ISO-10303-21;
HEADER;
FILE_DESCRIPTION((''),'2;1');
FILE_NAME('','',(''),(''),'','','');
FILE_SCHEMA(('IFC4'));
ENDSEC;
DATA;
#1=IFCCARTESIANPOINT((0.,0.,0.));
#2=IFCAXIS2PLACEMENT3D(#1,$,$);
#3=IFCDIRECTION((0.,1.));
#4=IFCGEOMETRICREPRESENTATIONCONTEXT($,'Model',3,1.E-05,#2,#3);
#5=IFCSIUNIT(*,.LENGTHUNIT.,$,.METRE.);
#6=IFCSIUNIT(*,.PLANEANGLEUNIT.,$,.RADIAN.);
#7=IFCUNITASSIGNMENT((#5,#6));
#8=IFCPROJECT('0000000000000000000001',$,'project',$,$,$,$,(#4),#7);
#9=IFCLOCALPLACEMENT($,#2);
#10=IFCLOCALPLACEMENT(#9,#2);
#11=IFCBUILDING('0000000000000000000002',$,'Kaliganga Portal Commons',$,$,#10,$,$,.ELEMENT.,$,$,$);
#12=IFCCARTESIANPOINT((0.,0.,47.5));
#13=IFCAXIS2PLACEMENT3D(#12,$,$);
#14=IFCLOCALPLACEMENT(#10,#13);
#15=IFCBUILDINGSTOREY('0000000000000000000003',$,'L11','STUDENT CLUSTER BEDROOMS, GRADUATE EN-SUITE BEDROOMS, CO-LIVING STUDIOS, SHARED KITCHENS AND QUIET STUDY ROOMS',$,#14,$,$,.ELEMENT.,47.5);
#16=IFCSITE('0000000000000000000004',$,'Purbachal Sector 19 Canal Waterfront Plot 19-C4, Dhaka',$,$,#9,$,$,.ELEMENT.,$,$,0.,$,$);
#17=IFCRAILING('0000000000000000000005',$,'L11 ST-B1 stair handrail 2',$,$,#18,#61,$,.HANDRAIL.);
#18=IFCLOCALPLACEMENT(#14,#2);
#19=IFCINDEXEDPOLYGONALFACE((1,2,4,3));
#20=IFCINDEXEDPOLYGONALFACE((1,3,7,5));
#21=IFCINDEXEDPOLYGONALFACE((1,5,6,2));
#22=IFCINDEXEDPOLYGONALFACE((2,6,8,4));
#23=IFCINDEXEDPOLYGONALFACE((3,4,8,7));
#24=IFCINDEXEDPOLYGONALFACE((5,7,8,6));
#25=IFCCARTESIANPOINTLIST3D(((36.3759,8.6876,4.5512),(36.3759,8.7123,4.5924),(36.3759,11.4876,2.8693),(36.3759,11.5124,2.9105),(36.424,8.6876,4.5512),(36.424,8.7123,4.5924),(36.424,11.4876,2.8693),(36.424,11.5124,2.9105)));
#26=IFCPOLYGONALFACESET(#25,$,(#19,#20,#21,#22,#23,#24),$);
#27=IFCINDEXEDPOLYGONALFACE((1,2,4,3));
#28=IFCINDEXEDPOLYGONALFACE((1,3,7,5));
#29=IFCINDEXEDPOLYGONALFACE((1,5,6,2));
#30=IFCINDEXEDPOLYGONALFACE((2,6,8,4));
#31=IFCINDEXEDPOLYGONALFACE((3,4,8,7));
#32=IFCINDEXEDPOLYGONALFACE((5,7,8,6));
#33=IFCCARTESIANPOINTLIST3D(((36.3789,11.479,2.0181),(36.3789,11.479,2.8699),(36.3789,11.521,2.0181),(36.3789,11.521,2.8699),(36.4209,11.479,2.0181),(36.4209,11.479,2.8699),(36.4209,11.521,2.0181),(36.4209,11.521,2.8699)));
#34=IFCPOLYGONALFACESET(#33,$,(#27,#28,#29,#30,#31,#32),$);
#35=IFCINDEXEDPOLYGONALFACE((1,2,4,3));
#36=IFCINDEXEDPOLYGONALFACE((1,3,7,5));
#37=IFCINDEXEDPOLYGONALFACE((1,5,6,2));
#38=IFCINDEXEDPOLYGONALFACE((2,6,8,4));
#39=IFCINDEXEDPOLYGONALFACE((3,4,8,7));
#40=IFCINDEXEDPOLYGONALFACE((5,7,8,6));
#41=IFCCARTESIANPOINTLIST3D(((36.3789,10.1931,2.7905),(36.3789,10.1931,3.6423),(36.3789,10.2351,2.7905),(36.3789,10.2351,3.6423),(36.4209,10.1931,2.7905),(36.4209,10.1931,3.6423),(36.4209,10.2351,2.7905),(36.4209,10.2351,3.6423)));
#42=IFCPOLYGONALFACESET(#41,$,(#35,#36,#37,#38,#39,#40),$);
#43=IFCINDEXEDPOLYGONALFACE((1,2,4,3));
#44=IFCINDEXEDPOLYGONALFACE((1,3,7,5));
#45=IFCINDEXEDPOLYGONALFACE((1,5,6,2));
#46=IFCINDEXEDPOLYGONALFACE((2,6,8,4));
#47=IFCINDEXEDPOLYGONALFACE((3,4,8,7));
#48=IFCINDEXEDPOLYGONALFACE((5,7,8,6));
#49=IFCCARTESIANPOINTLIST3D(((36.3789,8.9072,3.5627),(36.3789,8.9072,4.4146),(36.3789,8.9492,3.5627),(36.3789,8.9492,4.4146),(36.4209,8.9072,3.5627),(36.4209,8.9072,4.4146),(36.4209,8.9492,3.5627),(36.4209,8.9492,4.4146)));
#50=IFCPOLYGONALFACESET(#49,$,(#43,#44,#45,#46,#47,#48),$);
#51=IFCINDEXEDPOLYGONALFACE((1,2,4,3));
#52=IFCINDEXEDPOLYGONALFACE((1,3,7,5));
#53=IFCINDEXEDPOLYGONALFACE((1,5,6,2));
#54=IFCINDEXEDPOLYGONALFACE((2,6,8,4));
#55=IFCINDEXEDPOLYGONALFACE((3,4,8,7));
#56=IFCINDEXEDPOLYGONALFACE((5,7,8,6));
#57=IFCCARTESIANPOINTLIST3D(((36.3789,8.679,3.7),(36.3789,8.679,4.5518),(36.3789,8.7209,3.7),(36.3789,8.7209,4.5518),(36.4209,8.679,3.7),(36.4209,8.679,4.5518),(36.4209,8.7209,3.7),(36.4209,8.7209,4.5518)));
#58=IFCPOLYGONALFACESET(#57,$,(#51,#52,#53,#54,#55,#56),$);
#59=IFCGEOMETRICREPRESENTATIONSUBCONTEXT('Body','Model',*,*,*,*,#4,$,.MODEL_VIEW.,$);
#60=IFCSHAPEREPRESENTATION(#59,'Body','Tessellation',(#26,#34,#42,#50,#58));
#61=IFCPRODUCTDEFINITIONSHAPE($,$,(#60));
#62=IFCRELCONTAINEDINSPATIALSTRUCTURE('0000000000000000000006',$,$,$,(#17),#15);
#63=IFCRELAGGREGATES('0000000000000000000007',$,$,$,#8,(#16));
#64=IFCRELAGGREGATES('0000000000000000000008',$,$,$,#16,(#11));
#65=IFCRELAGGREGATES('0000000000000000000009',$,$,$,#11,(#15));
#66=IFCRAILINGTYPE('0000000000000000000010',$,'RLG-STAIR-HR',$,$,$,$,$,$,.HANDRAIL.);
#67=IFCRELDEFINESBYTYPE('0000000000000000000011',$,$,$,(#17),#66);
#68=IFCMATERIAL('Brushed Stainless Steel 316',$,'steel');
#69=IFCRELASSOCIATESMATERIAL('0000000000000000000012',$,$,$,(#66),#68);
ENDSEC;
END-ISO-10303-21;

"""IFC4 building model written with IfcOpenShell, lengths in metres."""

from ifc_helpers import new_model, si_unit, direction, frame, origin, origin_2d, place, context, subcontext, project, spatial, rectangle, extrude, material, type_object, element, save


model = new_model("IFC4")

# Units and contexts
model_context = context("Model", 3, precision=1e-05, world=origin(), true_north=direction((0.0, 1.0)))
body_context = subcontext(model_context, "Body", "Model", "MODEL_VIEW")
ifc_project = project(units=[si_unit("LENGTHUNIT", "METRE"), si_unit("PLANEANGLEUNIT", "RADIAN")], contexts=[model_context])

# Site, building, storey
site_placement = place(None, origin())
site = spatial("IfcSite", under=ifc_project, at=site_placement, Name="Purbachal Sector 19 Canal Waterfront Plot 19-C4, Dhaka", CompositionType="ELEMENT", RefElevation=0.0)
building_placement = place(site_placement, origin())
building = spatial("IfcBuilding", under=site, at=building_placement, Name="Kaliganga Portal Commons", CompositionType="ELEMENT")
storey_placement = place(building_placement, frame((0.0, 0.0, 47.5)))
storey = spatial("IfcBuildingStorey", under=building, at=storey_placement, Name="L11", Description="STUDENT CLUSTER BEDROOMS, GRADUATE EN-SUITE BEDROOMS, CO-LIVING STUDIOS, SHARED KITCHENS AND QUIET STUDY ROOMS", CompositionType="ELEMENT", Elevation=47.5)

# Railing
ifc_material_1 = material(Name="Brushed Stainless Steel 316", Category="steel")
railing_type = type_object("IfcRailingType", Name="RLG-STAIR-HR", PredefinedType="HANDRAIL", material=ifc_material_1)
railing_placement = place(storey_placement, frame((36.3999, 11.5, 2.0181)))
element("IfcRailing", 1, at=railing_placement, inside=storey, type_object=railing_type, Name="L11 ST-B1 stair handrail 2", PredefinedType="HANDRAIL", context=body_context, shape_type="SweptSolid", body=[
    extrude(rectangle(XDim=0.0481, YDim=0.0481, at=origin_2d()), frame((0.0, 0.0, 0.8718), z_axis=(0.0, -0.857242, 0.514913), x_axis=(1.0, 0.0, 0.0)), (0.0, 0.0, 1.0), 3.2664),
    extrude(rectangle(XDim=0.042, YDim=0.042, at=origin_2d()), origin(), (0.0, 0.0, 1.0), 0.8518),
    extrude(rectangle(XDim=0.042, YDim=0.042, at=origin_2d()), frame((0.0, -1.2859, 0.7725)), (0.0, 0.0, 1.0), 0.8518),
    extrude(rectangle(XDim=0.042, YDim=0.042, at=origin_2d()), frame((0.0, -2.5718, 1.5447)), (0.0, 0.0, 1.0), 0.8518),
    extrude(rectangle(XDim=0.042, YDim=0.042, at=origin_2d()), frame((0.0, -2.8, 1.6819)), (0.0, 0.0, 1.0), 0.8518),
])

save(model, "model.ifc")
